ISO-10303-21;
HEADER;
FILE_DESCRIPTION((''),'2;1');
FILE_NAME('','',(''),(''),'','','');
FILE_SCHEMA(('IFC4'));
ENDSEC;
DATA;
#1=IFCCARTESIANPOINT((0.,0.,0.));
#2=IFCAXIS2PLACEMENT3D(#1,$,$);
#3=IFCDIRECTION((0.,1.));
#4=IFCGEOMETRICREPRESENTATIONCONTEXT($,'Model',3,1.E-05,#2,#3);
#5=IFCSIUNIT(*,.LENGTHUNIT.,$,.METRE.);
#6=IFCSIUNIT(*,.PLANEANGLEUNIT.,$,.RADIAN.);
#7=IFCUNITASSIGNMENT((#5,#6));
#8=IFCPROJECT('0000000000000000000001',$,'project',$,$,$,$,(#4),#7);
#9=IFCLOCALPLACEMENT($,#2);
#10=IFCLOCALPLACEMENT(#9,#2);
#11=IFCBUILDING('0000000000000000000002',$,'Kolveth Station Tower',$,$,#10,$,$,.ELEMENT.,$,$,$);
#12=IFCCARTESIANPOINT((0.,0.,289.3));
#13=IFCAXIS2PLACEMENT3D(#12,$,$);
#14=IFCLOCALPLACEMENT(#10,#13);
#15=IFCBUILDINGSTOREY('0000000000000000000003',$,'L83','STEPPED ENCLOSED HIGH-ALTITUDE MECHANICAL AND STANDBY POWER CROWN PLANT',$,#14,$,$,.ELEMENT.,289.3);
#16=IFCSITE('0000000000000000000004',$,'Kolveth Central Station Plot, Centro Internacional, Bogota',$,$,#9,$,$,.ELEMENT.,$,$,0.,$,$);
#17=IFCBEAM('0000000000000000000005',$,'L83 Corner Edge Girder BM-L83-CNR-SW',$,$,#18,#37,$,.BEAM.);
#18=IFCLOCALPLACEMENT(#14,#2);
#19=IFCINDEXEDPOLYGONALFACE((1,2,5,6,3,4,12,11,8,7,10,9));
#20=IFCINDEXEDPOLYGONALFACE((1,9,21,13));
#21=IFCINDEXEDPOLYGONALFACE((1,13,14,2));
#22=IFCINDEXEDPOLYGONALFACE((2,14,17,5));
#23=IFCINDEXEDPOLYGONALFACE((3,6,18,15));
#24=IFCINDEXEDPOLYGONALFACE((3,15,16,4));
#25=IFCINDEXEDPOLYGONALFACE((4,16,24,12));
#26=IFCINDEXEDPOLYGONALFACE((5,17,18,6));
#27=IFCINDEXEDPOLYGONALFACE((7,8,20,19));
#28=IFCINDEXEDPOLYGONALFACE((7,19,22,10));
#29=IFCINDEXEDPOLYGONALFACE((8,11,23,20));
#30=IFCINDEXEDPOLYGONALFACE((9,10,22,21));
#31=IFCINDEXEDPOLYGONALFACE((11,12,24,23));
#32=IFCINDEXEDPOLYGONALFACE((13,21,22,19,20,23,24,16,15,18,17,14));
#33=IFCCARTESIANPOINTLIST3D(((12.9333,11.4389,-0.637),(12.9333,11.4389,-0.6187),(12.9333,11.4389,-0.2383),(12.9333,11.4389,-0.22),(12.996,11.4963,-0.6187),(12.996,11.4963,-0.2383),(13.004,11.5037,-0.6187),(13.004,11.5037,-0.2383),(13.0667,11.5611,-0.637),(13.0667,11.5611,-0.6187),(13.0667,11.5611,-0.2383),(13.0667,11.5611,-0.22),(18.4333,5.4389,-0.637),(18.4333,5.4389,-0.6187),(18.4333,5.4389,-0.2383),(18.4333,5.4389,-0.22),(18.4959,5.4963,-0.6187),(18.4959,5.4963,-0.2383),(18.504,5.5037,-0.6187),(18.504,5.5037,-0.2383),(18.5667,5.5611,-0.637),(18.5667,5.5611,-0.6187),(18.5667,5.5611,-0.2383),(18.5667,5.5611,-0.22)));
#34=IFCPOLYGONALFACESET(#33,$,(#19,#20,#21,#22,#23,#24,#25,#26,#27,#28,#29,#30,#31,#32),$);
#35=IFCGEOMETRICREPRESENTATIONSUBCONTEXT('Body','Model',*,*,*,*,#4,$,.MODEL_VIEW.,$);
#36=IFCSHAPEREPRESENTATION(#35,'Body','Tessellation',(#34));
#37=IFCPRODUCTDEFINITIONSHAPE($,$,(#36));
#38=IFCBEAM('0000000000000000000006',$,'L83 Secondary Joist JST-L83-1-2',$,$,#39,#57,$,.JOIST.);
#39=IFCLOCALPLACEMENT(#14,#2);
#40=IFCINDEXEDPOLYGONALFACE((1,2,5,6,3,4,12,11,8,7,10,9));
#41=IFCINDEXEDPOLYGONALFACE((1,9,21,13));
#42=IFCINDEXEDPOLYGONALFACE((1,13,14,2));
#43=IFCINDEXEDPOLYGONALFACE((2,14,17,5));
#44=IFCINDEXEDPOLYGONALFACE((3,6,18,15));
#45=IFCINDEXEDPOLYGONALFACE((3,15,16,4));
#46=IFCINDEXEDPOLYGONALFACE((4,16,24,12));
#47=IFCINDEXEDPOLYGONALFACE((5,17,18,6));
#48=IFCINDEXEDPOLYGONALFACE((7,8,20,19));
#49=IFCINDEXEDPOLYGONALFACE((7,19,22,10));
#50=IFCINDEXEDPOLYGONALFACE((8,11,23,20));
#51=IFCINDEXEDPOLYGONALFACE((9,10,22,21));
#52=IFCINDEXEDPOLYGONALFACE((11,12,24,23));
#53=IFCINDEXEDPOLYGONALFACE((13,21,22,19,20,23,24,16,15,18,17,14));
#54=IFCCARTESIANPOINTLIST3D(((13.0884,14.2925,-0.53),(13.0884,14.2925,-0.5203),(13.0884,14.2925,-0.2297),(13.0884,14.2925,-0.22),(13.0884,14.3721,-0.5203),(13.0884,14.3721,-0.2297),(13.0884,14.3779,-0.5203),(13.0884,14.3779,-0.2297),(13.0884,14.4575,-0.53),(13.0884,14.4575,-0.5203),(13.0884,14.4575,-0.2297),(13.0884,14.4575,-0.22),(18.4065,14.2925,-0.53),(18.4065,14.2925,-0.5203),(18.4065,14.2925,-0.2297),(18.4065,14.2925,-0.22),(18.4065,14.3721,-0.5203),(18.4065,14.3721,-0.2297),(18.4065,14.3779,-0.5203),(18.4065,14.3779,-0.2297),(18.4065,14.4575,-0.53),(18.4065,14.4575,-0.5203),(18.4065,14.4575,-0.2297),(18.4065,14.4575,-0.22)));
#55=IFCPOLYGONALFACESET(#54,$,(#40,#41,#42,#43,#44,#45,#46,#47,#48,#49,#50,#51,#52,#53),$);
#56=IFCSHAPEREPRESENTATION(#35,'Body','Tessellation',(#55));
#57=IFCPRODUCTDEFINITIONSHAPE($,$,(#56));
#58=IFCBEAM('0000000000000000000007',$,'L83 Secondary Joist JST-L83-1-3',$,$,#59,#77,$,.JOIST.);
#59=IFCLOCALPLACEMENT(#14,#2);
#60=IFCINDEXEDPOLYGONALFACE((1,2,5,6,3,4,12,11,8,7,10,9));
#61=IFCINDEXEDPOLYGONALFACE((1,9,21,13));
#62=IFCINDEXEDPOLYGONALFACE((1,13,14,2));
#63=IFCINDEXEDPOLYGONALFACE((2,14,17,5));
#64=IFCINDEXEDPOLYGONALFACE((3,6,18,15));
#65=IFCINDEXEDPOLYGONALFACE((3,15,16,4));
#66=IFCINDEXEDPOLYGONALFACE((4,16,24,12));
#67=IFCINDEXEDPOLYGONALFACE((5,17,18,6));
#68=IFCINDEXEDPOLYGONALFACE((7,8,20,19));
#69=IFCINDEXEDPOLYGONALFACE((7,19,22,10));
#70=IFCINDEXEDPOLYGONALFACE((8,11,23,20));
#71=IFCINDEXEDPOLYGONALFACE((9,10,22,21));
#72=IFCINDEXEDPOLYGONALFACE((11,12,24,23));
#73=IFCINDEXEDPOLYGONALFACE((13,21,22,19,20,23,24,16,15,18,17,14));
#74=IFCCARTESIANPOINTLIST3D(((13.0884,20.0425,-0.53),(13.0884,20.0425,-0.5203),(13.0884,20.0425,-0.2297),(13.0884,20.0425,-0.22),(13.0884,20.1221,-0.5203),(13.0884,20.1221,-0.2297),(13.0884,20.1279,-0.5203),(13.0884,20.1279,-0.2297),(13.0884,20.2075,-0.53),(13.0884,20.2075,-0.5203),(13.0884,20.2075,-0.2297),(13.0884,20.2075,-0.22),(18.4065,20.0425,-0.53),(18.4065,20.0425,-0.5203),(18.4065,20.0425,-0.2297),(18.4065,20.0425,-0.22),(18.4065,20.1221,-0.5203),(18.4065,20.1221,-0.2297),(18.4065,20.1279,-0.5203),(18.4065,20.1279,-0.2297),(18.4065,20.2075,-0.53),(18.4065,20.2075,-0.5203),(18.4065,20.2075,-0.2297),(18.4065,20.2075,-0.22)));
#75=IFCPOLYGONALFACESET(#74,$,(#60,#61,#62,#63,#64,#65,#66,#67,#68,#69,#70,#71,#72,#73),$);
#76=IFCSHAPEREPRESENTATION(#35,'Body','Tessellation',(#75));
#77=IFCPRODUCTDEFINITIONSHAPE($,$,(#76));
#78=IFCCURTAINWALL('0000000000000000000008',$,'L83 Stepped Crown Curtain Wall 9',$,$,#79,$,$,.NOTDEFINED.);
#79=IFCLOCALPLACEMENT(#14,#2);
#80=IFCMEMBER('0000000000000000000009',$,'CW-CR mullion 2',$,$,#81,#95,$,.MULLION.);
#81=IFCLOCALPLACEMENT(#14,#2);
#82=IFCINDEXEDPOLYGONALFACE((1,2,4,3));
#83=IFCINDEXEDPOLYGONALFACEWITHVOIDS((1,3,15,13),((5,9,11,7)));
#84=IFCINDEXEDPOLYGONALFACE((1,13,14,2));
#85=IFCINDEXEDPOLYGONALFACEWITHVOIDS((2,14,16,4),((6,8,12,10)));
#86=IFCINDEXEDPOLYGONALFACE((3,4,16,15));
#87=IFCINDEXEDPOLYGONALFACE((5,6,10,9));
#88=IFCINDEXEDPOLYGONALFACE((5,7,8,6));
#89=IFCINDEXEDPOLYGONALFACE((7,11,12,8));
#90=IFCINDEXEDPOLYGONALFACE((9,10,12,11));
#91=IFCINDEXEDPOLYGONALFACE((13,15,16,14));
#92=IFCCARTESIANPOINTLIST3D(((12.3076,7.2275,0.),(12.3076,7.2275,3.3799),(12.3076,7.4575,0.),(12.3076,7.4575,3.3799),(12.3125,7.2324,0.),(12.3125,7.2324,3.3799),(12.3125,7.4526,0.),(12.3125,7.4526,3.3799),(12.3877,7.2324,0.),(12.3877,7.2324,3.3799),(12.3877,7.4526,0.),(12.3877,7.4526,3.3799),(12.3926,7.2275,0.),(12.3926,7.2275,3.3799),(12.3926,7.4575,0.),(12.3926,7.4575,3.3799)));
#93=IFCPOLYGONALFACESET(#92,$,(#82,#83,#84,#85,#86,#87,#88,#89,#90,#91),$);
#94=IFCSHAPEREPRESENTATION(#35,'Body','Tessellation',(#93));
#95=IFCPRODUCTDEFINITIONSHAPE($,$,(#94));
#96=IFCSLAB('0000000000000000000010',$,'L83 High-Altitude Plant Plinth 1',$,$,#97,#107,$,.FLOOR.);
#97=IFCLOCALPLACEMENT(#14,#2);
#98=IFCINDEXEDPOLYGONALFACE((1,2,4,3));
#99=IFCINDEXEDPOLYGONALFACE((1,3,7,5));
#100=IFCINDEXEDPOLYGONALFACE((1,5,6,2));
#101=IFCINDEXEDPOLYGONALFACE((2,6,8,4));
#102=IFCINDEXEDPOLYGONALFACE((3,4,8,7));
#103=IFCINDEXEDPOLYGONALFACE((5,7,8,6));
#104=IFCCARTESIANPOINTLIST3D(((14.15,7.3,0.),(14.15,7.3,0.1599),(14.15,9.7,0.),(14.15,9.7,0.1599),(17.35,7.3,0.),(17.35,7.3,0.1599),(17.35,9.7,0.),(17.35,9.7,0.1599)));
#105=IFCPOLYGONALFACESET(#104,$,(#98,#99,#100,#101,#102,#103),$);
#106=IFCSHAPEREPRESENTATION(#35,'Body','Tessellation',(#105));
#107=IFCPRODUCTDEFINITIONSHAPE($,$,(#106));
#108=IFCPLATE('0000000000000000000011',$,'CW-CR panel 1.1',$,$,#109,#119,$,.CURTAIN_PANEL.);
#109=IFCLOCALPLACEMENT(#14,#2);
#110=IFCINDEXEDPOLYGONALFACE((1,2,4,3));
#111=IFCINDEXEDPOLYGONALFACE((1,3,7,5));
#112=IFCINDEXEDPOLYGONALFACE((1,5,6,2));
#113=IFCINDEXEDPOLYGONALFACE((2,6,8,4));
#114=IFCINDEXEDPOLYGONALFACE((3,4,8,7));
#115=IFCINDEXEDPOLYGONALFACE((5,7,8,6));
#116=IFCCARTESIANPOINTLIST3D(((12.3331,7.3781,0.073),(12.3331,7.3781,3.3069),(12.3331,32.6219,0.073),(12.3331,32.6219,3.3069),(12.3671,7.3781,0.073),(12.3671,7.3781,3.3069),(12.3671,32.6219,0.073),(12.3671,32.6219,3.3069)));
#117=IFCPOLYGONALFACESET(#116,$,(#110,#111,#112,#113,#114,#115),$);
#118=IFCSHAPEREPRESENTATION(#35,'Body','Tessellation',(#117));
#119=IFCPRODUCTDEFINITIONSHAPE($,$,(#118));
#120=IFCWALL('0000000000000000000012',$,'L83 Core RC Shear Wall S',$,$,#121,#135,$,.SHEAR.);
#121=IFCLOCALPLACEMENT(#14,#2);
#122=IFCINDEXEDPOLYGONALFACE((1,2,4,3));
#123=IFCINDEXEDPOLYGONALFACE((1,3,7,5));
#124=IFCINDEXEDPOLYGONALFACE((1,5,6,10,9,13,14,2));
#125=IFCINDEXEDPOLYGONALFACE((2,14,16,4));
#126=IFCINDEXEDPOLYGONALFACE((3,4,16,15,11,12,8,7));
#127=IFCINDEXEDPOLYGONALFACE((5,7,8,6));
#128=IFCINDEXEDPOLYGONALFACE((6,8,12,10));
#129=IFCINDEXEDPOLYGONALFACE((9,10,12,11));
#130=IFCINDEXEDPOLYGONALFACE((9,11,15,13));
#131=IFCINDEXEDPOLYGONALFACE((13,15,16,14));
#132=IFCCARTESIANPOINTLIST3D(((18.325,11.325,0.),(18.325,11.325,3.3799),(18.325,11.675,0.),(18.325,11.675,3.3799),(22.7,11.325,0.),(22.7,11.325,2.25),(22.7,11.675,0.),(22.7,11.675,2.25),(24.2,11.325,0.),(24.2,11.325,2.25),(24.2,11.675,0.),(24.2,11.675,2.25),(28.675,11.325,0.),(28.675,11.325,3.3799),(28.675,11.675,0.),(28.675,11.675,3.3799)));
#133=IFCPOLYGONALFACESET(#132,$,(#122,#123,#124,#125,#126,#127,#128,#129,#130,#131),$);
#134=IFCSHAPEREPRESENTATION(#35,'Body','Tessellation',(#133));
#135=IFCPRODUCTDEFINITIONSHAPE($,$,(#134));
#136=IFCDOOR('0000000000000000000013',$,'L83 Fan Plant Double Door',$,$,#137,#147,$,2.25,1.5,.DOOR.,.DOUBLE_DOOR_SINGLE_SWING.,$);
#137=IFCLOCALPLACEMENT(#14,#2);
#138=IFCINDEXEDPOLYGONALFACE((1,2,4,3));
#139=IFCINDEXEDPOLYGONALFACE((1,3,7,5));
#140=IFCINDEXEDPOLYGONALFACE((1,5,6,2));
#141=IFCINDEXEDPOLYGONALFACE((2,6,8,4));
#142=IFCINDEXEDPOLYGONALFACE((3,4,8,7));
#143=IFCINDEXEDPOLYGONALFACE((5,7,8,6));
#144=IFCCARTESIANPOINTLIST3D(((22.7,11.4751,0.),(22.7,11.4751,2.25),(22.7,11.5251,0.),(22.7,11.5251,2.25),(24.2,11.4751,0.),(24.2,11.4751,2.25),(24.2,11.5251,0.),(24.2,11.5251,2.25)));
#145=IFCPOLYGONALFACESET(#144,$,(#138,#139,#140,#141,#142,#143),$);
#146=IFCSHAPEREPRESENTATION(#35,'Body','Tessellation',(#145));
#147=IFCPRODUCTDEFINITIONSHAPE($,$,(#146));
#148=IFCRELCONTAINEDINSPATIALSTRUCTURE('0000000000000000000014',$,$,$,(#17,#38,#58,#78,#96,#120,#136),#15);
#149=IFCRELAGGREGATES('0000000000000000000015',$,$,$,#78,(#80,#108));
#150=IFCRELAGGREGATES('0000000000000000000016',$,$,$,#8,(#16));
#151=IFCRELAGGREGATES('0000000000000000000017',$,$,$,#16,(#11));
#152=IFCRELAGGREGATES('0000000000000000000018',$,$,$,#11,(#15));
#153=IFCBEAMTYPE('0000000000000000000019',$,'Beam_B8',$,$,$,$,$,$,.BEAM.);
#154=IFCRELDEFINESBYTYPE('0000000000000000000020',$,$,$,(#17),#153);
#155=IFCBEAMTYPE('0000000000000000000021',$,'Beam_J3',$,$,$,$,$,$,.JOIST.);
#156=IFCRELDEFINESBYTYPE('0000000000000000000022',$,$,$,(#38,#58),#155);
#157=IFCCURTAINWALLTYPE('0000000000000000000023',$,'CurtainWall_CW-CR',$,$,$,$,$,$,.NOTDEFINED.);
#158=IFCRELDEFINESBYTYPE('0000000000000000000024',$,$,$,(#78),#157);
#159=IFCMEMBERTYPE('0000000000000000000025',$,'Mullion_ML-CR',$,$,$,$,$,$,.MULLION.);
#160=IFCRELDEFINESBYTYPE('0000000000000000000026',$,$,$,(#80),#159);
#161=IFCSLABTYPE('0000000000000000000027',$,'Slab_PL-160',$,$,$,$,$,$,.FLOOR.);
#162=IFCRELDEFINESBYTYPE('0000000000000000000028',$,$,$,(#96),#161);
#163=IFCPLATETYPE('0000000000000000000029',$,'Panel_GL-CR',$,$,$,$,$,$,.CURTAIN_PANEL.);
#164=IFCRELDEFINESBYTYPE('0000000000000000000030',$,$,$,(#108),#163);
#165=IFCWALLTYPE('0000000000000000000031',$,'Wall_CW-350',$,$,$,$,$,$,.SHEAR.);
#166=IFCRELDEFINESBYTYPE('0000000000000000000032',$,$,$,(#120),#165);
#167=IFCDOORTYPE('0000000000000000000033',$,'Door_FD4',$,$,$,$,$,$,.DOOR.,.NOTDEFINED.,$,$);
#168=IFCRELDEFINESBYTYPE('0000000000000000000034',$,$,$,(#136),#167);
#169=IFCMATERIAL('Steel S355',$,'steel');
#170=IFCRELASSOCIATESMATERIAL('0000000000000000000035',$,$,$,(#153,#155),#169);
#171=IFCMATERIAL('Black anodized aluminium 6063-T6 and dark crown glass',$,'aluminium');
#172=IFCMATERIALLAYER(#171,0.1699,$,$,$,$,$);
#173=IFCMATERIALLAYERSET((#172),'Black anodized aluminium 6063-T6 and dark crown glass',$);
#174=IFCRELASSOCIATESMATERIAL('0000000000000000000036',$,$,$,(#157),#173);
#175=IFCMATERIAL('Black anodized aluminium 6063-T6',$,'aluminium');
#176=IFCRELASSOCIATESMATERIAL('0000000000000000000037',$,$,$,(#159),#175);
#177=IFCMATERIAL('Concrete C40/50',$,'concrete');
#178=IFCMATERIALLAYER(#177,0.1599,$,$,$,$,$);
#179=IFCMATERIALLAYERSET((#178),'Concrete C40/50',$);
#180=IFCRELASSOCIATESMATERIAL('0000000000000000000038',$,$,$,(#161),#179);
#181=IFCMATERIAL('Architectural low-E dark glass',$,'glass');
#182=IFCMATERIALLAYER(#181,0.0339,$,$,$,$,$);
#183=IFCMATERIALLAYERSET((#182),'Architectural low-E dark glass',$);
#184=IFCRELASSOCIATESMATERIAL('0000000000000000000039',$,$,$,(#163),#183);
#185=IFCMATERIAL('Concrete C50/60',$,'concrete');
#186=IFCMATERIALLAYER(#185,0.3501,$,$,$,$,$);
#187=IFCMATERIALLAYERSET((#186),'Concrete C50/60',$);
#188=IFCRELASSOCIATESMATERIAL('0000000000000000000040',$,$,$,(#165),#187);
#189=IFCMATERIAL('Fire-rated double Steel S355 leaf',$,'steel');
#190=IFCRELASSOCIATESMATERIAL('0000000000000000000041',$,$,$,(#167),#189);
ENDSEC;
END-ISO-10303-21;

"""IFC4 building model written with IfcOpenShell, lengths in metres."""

from ifc_helpers import new_model, si_unit, direction, frame, frame_2d, origin, origin_2d, place, context, subcontext, project, spatial, rectangle, hollow_rectangle, i_section, extrude, source, transform, mapped, material, layer, layer_set, material_profile, profile_set, type_object, element, fill, aggregate, save


model = new_model("IFC4")

# Units and contexts
model_context = context("Model", 3, precision=1e-05, world=origin(), true_north=direction((0.0, 1.0)))
body_context = subcontext(model_context, "Body", "Model", "MODEL_VIEW")
ifc_project = project(units=[si_unit("LENGTHUNIT", "METRE"), si_unit("PLANEANGLEUNIT", "RADIAN")], contexts=[model_context])

# Site, building, storey
site_placement = place(None, origin())
site = spatial("IfcSite", under=ifc_project, at=site_placement, Name="Kolveth Central Station Plot, Centro Internacional, Bogota", CompositionType="ELEMENT", RefElevation=0.0)
building_placement = place(site_placement, origin())
building = spatial("IfcBuilding", under=site, at=building_placement, Name="Kolveth Station Tower", CompositionType="ELEMENT")
storey_placement = place(building_placement, frame((0.0, 0.0, 289.3)))
storey = spatial("IfcBuildingStorey", under=building, at=storey_placement, Name="L83", Description="STEPPED ENCLOSED HIGH-ALTITUDE MECHANICAL AND STANDBY POWER CROWN PLANT", CompositionType="ELEMENT", Elevation=289.3)

# Shared definitions
ifc_material_1 = material(Name="Steel S355", Category="steel")

# Beams
ifc_material_profile_1 = material_profile(ifc_material_1, i_section(OverallWidth=0.1809, OverallDepth=0.417, WebThickness=0.011, FlangeThickness=0.0183, at=origin_2d()), Name="W410x85")
ifc_profile_set_1 = profile_set([ifc_material_profile_1], Name="Steel S355")
beam_type_1 = type_object("IfcBeamType", Name="Beam_B8", PredefinedType="BEAM", material=ifc_profile_set_1)
ifc_material_profile_2 = material_profile(ifc_material_1, i_section(OverallWidth=0.165, OverallDepth=0.3101, WebThickness=0.0059, FlangeThickness=0.0098, at=origin_2d()), Name="W310x39")
ifc_profile_set_2 = profile_set([ifc_material_profile_2], Name="Steel S355")
beam_type_2 = type_object("IfcBeamType", Name="Beam_J3", PredefinedType="JOIST", material=ifc_profile_set_2)
shared_shape_1 = source(origin(), body_context, "Body", "SweptSolid", [
    extrude(i_section(OverallWidth=0.1809, OverallDepth=0.417, WebThickness=0.011, FlangeThickness=0.0183, at=origin_2d()), origin(), (0.0, 0.0, 1.0), 8.1394),
])
beam_1_placement = place(storey_placement, frame((13.0, 11.5, -0.4285), z_axis=(0.675725, -0.737154, 0.0), x_axis=(0.737154, 0.675725, 0.0)))
element("IfcBeam", 1, at=beam_1_placement, inside=storey, type_object=beam_type_1, Name="L83 Corner Edge Girder BM-L83-CNR-SW", PredefinedType="BEAM", context=body_context, shape_type="MappedRepresentation", body=[
    mapped(shared_shape_1, transform((0.0, 0.0, 0.0), x_axis=(1.0, 0.0, 0.0), y_axis=(0.0, 1.0, 0.0), z_axis=(0.0, 0.0, 1.0), scale=1.0)),
])
shared_shape_2 = source(origin(), body_context, "Body", "SweptSolid", [
    extrude(i_section(OverallWidth=0.165, OverallDepth=0.3101, WebThickness=0.0059, FlangeThickness=0.0098, at=origin_2d()), origin(), (0.0, 0.0, 1.0), 5.3181),
])
for number, where, z_axis, x_axis, name in (
    (2, (13.0884, 14.375, -0.375), (1.0, 0.0, 0.0), (0.0, 1.0, 0.0), "L83 Secondary Joist JST-L83-1-2"),
    (3, (13.0884, 20.125, -0.375), (1.0, 0.0, 0.0), (0.0, 1.0, 0.0), "L83 Secondary Joist JST-L83-1-3"),
):
    element("IfcBeam", number, at=place(storey_placement, frame(where, z_axis=z_axis, x_axis=x_axis)), inside=storey, type_object=beam_type_2, Name=name, PredefinedType="JOIST", context=body_context, shape_type="MappedRepresentation", body=[
        mapped(shared_shape_2, transform((0.0, 0.0, 0.0), x_axis=(1.0, 0.0, 0.0), y_axis=(0.0, 1.0, 0.0), z_axis=(0.0, 0.0, 1.0), scale=1.0)),
    ])

# Curtain wall, member
ifc_material_2 = material(Name="Black anodized aluminium 6063-T6 and dark crown glass", Category="aluminium")
ifc_layer_1 = layer(ifc_material_2, 0.1699)
ifc_layer_set_1 = layer_set([ifc_layer_1], Name="Black anodized aluminium 6063-T6 and dark crown glass")
curtain_wall_type = type_object("IfcCurtainWallType", Name="CurtainWall_CW-CR", PredefinedType="NOTDEFINED", material=ifc_layer_set_1)
curtain_wall_placement = place(storey_placement, origin())
curtain_wall = element("IfcCurtainWall", 4, at=curtain_wall_placement, inside=storey, type_object=curtain_wall_type, Name="L83 Stepped Crown Curtain Wall 9", PredefinedType="NOTDEFINED")
ifc_material_3 = material(Name="Black anodized aluminium 6063-T6", Category="aluminium")
ifc_material_profile_3 = material_profile(ifc_material_3, hollow_rectangle(XDim=0.085, YDim=0.23, WallThickness=0.0049, at=origin_2d()), Name="ALU-85x230x5")
ifc_profile_set_3 = profile_set([ifc_material_profile_3], Name="Black anodized aluminium 6063-T6")
member_type = type_object("IfcMemberType", Name="Mullion_ML-CR", PredefinedType="MULLION", material=ifc_profile_set_3)
shared_shape_3 = source(origin(), body_context, "Body", "SweptSolid", [
    extrude(hollow_rectangle(XDim=0.085, YDim=0.23, WallThickness=0.0049, at=origin_2d()), origin(), (0.0, 0.0, 1.0), 3.3799),
])
member_placement = place(storey_placement, frame((12.3501, 7.3425, 0.0), z_axis=(0.0, 0.0, 1.0), x_axis=(1.0, 0.0, 0.0)))
member = element("IfcMember", 5, at=member_placement, type_object=member_type, Name="CW-CR mullion 2", PredefinedType="MULLION", context=body_context, shape_type="MappedRepresentation", body=[
    mapped(shared_shape_3, transform((0.0, 0.0, 0.0), x_axis=(1.0, 0.0, 0.0), y_axis=(0.0, 1.0, 0.0), z_axis=(0.0, 0.0, 1.0), scale=1.0)),
])

# Slab
ifc_material_4 = material(Name="Concrete C40/50", Category="concrete")
ifc_layer_2 = layer(ifc_material_4, 0.1599)
ifc_layer_set_2 = layer_set([ifc_layer_2], Name="Concrete C40/50")
slab_type = type_object("IfcSlabType", Name="Slab_PL-160", PredefinedType="FLOOR", material=ifc_layer_set_2)
shared_shape_4 = source(origin(), body_context, "Body", "SweptSolid", [
    extrude(rectangle(XDim=3.2, YDim=2.3999, at=origin_2d()), origin(), (0.0, 0.0, 1.0), 0.1599),
])
slab_placement = place(storey_placement, frame((15.75, 8.5, 0.0), z_axis=(0.0, 0.0, 1.0), x_axis=(1.0, 0.0, 0.0)))
element("IfcSlab", 6, at=slab_placement, inside=storey, type_object=slab_type, Name="L83 High-Altitude Plant Plinth 1", PredefinedType="FLOOR", context=body_context, shape_type="MappedRepresentation", body=[
    mapped(shared_shape_4, transform((0.0, 0.0, 0.0), x_axis=(1.0, 0.0, 0.0), y_axis=(0.0, 1.0, 0.0), z_axis=(0.0, 0.0, 1.0), scale=1.0)),
])

# Plate
ifc_material_5 = material(Name="Architectural low-E dark glass", Category="glass")
ifc_layer_3 = layer(ifc_material_5, 0.0339)
ifc_layer_set_3 = layer_set([ifc_layer_3], Name="Architectural low-E dark glass")
plate_type = type_object("IfcPlateType", Name="Panel_GL-CR", PredefinedType="CURTAIN_PANEL", material=ifc_layer_set_3)
shared_shape_5 = source(origin(), body_context, "Body", "SweptSolid", [
    extrude(rectangle(XDim=25.2439, YDim=0.0339, at=origin_2d()), origin(), (0.0, 0.0, 1.0), 3.2339),
])
plate_placement = place(storey_placement, frame((12.3501, 20.0, 0.073), z_axis=(0.0, 0.0, 1.0), x_axis=(0.0, -1.0, 0.0)))
plate = element("IfcPlate", 7, at=plate_placement, type_object=plate_type, Name="CW-CR panel 1.1", PredefinedType="CURTAIN_PANEL", context=body_context, shape_type="MappedRepresentation", body=[
    mapped(shared_shape_5, transform((0.0, 0.0, 0.0), x_axis=(1.0, 0.0, 0.0), y_axis=(0.0, 1.0, 0.0), z_axis=(0.0, 0.0, 1.0), scale=1.0)),
])
aggregate(curtain_wall, [member, plate])

# Wall, opening, door
ifc_material_6 = material(Name="Concrete C50/60", Category="concrete")
ifc_layer_4 = layer(ifc_material_6, 0.3501)
ifc_layer_set_4 = layer_set([ifc_layer_4], Name="Concrete C50/60")
wall_type_1 = type_object("IfcWallType", Name="Wall_CW-350", PredefinedType="SHEAR", material=ifc_layer_set_4)
wall_1_placement = place(storey_placement, frame((18.325, 11.5, 0.0), z_axis=(0.0, 0.0, 1.0), x_axis=(1.0, 0.0, 0.0)))
wall_1 = element("IfcWall", 8, at=wall_1_placement, inside=storey, type_object=wall_type_1, Name="L83 Core RC Shear Wall S", PredefinedType="SHEAR", context=body_context, shape_type="SweptSolid", body=[
    extrude(rectangle(XDim=10.3501, YDim=0.3501, at=frame_2d((5.175, 0.0))), origin(), (0.0, 0.0, 1.0), 3.3799),
])
opening_1_placement = place(wall_1_placement, frame((4.375, 0.0, 0.0)))
opening_1 = element("IfcOpeningElement", 9, at=opening_1_placement, cuts=wall_1, PredefinedType="OPENING", context=body_context, shape_type="SweptSolid", body=[
    extrude(rectangle(XDim=1.5, YDim=2.25, at=frame_2d((0.75, 1.125))), frame((0.0, 0.1851, 0.0), z_axis=(0.0, -1.0, 0.0), x_axis=(1.0, 0.0, 0.0)), (0.0, 0.0, 1.0), 0.3701),
])
ifc_material_7 = material(Name="Fire-rated double Steel S355 leaf", Category="steel")
door_type_1 = type_object("IfcDoorType", Name="Door_FD4", OperationType="NOTDEFINED", PredefinedType="DOOR", material=ifc_material_7)
door_1_placement = place(opening_1_placement, frame((1.5, 0.0, 0.0), z_axis=(0.0, 0.0, 1.0), x_axis=(-1.0, 0.0, 0.0)))
door_1 = element("IfcDoor", 10, at=door_1_placement, inside=storey, type_object=door_type_1, Name="L83 Fan Plant Double Door", OperationType="DOUBLE_DOOR_SINGLE_SWING", OverallHeight=2.25, OverallWidth=1.5, PredefinedType="DOOR", context=body_context, shape_type="SweptSolid", body=[
    extrude(rectangle(XDim=1.5, YDim=2.25, at=frame_2d((0.75, 1.125))), frame((0.0, 0.0249, 0.0), z_axis=(0.0, -1.0, 0.0), x_axis=(1.0, 0.0, 0.0)), (0.0, 0.0, 1.0), 0.05),
])
fill(opening_1, door_1)

save(model, "model.ifc")
